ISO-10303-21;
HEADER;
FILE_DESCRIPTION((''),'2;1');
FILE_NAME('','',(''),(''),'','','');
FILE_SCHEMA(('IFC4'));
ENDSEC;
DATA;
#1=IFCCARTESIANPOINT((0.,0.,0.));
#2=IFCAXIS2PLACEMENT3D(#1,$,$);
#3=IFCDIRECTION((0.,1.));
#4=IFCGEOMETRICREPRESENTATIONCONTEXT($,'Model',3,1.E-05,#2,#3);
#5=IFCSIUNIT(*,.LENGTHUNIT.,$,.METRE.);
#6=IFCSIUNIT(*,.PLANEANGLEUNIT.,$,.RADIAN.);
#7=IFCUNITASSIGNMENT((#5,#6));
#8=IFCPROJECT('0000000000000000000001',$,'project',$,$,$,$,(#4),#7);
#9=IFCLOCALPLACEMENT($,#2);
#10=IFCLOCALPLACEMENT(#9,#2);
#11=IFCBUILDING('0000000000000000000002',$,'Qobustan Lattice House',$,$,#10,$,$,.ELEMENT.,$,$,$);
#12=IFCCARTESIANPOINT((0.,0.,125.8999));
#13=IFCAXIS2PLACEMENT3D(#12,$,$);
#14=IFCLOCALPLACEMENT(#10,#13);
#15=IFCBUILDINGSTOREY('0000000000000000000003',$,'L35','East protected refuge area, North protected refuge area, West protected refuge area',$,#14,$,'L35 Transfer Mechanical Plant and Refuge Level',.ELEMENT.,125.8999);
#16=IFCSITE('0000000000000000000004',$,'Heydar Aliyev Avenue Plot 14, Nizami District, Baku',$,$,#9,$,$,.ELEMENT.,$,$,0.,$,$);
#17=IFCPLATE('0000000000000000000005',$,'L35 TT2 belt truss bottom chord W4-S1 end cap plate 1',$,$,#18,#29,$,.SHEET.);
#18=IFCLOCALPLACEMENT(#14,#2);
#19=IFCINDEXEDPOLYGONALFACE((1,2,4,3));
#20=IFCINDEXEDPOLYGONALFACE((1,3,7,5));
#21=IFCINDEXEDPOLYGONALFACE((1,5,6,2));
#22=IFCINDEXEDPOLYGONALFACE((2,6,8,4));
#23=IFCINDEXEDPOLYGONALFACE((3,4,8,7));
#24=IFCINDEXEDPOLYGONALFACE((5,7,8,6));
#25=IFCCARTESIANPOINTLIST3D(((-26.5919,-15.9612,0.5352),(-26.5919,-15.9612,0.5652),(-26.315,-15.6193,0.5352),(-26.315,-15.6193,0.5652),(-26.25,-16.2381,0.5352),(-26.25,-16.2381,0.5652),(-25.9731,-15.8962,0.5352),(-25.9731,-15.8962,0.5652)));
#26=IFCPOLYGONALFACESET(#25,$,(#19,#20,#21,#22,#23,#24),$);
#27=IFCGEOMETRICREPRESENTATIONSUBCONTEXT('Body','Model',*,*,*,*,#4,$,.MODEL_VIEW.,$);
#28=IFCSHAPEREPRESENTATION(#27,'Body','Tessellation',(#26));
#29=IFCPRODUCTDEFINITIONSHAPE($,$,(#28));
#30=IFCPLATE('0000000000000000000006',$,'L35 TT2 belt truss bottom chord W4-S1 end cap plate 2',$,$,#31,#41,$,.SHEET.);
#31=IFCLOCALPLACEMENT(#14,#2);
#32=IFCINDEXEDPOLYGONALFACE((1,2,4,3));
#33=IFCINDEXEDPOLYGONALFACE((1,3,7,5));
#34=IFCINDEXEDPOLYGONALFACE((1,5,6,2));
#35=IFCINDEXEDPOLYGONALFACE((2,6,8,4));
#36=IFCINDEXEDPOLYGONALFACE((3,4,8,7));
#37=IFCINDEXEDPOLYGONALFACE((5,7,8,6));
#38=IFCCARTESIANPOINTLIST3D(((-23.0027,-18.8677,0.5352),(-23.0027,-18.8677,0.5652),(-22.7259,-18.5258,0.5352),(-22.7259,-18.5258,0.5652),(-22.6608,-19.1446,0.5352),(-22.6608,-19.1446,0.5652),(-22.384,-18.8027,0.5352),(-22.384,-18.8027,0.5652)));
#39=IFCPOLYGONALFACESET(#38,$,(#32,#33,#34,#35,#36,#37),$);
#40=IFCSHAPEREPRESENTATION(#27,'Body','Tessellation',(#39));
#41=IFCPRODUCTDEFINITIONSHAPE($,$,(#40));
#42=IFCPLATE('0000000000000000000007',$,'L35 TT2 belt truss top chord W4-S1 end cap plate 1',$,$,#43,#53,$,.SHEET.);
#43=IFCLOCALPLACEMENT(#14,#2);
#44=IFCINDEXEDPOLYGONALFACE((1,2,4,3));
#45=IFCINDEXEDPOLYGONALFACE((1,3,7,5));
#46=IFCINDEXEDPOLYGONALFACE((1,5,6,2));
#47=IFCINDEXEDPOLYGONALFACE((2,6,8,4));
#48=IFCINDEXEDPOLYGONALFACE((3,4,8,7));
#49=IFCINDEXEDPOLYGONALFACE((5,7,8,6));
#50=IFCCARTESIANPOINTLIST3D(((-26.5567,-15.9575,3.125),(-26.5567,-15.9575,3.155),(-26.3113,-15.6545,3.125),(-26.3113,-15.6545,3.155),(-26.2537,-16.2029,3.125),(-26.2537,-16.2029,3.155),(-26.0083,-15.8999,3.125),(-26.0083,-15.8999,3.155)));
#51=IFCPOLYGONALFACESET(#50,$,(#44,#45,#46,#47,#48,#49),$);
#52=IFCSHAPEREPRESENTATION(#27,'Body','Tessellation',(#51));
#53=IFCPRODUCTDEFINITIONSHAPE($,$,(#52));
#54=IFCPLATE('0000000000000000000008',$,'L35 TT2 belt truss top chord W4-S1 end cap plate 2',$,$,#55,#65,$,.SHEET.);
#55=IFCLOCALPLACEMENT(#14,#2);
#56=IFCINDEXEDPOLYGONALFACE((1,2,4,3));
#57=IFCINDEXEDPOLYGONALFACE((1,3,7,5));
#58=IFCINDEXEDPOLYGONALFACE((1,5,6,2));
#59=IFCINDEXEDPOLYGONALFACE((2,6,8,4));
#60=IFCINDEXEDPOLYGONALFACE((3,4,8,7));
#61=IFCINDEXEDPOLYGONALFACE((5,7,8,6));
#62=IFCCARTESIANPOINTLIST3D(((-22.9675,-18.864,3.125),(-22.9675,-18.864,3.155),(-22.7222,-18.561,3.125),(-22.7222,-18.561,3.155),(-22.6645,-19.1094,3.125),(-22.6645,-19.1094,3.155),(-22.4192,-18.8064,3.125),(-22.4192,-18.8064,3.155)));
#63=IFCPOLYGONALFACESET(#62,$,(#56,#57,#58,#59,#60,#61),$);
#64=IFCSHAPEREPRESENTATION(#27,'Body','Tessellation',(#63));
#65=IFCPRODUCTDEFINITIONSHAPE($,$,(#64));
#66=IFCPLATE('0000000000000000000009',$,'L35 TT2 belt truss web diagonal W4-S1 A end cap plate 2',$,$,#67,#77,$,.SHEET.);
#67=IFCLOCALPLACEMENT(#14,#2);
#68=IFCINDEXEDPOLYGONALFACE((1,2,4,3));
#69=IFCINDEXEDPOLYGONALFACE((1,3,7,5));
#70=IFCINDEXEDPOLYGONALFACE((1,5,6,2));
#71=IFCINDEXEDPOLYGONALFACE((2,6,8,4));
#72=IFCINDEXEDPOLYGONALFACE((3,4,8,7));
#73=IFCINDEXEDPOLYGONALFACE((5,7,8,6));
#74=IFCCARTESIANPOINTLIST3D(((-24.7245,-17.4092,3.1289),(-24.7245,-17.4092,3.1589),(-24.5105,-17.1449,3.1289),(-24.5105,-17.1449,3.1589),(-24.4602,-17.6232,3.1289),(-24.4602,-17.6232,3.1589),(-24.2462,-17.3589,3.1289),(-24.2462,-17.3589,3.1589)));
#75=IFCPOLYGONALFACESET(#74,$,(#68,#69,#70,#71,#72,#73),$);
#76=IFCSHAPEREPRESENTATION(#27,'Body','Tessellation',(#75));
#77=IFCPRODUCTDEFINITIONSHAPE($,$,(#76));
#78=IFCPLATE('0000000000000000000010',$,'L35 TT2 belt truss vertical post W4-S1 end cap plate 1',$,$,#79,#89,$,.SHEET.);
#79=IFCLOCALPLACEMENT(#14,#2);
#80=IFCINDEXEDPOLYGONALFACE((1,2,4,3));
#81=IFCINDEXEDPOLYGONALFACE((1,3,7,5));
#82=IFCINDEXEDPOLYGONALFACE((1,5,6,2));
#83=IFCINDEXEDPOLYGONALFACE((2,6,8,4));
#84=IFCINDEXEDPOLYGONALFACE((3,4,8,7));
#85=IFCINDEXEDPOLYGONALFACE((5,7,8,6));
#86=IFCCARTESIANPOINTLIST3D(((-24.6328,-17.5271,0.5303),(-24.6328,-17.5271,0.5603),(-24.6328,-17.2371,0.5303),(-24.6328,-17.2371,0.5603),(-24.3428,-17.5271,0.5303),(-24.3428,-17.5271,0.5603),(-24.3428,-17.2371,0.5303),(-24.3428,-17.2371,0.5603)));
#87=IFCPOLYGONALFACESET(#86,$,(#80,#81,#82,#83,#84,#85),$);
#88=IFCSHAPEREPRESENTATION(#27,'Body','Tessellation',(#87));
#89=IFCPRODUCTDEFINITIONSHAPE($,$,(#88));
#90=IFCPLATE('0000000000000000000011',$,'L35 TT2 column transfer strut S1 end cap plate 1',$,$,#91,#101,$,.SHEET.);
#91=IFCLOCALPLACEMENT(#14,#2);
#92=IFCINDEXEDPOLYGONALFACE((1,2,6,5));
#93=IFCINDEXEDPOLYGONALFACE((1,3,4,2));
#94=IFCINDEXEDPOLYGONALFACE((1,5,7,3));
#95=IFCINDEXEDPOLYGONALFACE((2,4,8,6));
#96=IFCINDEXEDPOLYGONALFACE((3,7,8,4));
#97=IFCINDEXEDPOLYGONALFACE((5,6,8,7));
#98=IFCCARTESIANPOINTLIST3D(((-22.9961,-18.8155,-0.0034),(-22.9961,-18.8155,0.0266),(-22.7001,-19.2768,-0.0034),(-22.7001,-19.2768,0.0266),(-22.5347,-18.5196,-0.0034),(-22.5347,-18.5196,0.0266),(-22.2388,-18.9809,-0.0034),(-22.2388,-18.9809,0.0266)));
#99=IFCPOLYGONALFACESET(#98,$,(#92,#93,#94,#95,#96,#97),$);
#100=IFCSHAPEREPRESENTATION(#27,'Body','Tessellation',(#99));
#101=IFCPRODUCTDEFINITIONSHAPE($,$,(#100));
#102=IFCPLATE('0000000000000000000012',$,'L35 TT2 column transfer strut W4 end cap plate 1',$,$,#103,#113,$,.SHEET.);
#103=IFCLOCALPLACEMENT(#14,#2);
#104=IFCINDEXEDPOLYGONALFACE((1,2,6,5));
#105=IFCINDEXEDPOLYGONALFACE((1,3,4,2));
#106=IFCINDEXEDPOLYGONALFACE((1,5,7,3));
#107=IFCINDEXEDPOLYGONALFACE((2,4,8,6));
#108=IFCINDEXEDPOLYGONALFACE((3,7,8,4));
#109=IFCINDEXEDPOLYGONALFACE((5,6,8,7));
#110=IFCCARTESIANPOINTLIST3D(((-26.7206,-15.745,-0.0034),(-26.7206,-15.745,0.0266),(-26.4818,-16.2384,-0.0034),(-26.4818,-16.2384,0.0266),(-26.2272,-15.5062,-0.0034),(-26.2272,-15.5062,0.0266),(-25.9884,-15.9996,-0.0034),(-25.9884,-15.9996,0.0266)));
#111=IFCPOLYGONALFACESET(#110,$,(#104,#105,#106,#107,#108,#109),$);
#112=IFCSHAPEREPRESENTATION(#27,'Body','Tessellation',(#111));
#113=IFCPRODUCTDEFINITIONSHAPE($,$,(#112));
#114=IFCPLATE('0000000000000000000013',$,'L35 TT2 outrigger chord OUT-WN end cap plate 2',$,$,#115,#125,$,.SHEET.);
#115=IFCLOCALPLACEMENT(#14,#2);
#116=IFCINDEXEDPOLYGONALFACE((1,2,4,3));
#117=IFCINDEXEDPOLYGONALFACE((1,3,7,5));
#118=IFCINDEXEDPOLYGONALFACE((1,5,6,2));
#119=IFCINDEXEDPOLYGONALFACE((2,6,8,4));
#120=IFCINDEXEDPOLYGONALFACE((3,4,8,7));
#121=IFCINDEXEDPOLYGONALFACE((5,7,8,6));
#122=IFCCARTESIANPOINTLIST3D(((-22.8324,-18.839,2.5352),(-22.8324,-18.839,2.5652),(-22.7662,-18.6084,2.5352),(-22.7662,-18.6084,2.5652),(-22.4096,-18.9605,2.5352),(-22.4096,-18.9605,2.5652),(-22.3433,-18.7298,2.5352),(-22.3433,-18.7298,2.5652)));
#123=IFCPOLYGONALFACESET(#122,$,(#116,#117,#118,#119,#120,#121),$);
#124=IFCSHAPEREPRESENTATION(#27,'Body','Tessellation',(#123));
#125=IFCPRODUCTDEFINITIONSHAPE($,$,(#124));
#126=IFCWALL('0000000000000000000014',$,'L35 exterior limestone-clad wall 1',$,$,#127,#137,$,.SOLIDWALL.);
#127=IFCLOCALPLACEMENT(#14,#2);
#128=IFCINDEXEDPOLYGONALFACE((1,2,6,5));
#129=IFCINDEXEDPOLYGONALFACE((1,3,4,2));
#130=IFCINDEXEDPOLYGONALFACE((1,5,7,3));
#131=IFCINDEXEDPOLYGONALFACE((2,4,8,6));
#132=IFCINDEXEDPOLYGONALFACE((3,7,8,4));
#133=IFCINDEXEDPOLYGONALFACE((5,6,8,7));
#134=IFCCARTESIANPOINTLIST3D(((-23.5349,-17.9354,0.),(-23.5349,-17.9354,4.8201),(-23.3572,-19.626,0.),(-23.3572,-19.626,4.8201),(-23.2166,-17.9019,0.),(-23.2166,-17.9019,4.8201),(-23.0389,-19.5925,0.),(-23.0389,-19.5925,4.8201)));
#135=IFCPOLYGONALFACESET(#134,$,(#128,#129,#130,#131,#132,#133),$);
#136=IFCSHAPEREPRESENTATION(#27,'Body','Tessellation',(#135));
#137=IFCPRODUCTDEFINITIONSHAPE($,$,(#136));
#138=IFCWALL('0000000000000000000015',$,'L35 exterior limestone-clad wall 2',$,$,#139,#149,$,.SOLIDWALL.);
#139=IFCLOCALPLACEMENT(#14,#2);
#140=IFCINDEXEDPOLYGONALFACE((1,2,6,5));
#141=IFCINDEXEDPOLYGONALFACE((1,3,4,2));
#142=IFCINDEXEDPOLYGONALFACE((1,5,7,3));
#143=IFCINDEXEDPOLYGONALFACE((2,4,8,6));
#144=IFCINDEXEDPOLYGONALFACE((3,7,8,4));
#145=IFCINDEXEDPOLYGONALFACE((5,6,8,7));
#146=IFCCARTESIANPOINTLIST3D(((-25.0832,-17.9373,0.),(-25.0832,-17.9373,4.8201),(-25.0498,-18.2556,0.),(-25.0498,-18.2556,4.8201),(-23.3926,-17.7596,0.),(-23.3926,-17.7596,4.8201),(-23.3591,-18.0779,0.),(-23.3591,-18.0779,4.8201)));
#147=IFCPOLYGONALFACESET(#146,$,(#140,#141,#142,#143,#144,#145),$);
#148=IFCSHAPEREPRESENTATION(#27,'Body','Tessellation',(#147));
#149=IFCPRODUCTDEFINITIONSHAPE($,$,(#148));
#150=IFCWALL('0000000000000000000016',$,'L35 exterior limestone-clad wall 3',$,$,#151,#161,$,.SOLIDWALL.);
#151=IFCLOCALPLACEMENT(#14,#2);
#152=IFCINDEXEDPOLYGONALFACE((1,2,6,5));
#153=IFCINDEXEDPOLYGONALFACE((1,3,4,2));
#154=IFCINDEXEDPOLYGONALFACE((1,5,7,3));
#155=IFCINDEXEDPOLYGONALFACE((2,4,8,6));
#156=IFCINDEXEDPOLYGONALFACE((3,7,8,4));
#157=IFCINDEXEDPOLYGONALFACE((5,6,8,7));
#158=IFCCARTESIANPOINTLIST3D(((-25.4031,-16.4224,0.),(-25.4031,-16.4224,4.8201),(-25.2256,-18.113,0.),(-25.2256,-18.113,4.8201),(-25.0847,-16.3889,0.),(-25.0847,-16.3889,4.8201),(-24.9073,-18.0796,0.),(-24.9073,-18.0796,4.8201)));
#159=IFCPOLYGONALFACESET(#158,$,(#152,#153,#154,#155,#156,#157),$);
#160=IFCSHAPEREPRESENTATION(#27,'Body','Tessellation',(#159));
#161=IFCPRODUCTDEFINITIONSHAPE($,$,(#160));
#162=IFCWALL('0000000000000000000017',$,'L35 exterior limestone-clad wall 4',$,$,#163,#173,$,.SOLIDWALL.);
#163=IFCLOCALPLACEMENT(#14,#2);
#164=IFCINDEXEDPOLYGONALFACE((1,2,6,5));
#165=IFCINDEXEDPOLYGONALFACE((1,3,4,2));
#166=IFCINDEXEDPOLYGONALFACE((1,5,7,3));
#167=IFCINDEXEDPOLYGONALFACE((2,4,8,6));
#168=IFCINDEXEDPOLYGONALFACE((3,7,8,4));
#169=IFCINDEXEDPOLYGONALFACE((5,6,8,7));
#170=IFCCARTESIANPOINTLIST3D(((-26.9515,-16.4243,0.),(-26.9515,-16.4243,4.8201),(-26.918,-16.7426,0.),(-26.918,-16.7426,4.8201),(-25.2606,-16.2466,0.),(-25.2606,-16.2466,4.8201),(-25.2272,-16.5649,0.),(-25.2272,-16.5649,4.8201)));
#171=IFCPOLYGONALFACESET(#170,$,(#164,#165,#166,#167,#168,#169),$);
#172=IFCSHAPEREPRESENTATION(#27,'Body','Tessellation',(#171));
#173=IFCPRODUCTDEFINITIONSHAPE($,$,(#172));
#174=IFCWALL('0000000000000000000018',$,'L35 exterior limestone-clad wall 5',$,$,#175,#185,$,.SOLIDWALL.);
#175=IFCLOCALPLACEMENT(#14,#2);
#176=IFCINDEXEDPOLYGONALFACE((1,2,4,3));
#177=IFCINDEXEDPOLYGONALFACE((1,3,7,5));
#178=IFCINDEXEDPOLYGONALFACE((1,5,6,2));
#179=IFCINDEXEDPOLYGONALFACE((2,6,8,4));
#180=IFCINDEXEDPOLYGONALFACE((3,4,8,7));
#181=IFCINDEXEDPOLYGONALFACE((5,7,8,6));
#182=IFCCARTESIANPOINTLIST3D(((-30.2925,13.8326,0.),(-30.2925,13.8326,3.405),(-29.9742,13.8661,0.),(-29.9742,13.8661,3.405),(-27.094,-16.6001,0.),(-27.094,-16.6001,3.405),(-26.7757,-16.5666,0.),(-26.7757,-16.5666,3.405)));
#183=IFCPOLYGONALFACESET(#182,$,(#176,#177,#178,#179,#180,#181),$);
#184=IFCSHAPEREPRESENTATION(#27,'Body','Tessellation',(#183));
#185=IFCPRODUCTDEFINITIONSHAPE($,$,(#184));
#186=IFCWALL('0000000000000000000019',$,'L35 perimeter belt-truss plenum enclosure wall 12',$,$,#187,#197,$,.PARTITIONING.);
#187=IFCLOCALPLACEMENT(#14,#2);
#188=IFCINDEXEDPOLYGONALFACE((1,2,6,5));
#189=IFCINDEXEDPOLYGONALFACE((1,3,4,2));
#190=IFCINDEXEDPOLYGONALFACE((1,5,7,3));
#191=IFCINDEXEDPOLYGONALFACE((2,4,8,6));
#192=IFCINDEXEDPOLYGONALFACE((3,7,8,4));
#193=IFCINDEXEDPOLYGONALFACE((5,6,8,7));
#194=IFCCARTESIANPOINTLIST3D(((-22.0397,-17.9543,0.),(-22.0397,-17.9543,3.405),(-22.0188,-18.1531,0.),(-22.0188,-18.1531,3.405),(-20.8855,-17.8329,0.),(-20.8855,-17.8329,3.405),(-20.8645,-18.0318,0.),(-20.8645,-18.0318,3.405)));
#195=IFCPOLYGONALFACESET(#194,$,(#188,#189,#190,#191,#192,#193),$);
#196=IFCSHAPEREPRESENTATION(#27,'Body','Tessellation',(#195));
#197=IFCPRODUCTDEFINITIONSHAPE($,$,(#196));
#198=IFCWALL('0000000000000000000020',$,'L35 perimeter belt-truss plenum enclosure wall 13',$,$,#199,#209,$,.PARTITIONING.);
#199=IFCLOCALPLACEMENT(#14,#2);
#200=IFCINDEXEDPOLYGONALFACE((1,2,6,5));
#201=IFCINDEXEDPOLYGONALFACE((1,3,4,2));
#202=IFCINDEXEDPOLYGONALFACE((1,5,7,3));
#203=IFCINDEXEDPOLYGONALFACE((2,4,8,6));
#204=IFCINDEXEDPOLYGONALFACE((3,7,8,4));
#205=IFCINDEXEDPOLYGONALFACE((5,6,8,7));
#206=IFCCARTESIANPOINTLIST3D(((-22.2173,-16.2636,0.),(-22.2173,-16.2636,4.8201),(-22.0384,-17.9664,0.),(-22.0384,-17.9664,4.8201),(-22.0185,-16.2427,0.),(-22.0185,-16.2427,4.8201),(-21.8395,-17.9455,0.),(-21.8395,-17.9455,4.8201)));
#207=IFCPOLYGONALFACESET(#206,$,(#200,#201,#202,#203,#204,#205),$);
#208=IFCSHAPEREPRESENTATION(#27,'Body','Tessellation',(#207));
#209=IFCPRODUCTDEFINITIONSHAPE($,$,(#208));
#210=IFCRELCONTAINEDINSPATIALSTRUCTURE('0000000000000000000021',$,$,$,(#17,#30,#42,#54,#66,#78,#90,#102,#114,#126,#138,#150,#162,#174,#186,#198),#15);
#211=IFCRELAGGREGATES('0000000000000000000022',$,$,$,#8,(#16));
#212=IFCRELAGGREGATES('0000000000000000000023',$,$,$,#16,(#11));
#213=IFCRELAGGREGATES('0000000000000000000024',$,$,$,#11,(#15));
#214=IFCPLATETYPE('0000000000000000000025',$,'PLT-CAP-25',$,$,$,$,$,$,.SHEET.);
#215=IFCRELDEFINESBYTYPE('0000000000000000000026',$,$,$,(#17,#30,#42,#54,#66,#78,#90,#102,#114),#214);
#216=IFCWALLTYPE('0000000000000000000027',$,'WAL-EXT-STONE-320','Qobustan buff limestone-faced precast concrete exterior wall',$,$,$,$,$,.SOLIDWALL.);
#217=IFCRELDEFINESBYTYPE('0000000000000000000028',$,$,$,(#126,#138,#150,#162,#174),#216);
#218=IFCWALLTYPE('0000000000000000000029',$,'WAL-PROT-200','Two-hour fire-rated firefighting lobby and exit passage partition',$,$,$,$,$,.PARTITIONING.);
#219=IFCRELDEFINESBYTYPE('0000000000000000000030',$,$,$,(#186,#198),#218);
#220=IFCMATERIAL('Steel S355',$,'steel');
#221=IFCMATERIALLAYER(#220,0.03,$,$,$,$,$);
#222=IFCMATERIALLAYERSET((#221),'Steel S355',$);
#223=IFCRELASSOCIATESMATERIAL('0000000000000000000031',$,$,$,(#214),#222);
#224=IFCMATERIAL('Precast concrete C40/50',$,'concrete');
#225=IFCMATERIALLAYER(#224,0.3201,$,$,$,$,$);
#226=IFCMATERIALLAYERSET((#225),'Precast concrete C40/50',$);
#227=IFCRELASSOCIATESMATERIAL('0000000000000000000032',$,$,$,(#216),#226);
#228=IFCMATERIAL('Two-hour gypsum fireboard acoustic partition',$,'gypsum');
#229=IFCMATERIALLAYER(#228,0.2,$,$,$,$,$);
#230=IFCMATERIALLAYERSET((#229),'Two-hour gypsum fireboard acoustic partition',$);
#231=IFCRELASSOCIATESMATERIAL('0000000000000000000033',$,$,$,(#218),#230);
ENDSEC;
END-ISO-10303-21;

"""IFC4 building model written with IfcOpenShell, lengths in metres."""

from ifc_helpers import new_model, si_unit, direction, frame, frame_2d, origin, origin_2d, place, context, subcontext, project, spatial, rectangle, extrude, material, layer, layer_set, type_object, element, save


model = new_model("IFC4")

# Units and contexts
model_context = context("Model", 3, precision=1e-05, world=origin(), true_north=direction((0.0, 1.0)))
body_context = subcontext(model_context, "Body", "Model", "MODEL_VIEW")
ifc_project = project(units=[si_unit("LENGTHUNIT", "METRE"), si_unit("PLANEANGLEUNIT", "RADIAN")], contexts=[model_context])

# Site, building, storey
site_placement = place(None, origin())
site = spatial("IfcSite", under=ifc_project, at=site_placement, Name="Heydar Aliyev Avenue Plot 14, Nizami District, Baku", CompositionType="ELEMENT", RefElevation=0.0)
building_placement = place(site_placement, origin())
building = spatial("IfcBuilding", under=site, at=building_placement, Name="Qobustan Lattice House", CompositionType="ELEMENT")
storey_placement = place(building_placement, frame((0.0, 0.0, 125.8999)))
storey = spatial("IfcBuildingStorey", under=building, at=storey_placement, Name="L35", Description="East protected refuge area, North protected refuge area, West protected refuge area", LongName="L35 Transfer Mechanical Plant and Refuge Level", CompositionType="ELEMENT", Elevation=125.8999)

# Plates
ifc_material_1 = material(Name="Steel S355", Category="steel")
ifc_layer_1 = layer(ifc_material_1, 0.03)
ifc_layer_set_1 = layer_set([ifc_layer_1], Name="Steel S355")
plate_type = type_object("IfcPlateType", Name="PLT-CAP-25", PredefinedType="SHEET", material=ifc_layer_set_1)
for number, where, z_axis, x_axis, name in (
    (1, (-26.2825, -15.9287, 0.5352), (0.0, 0.0, 1.0), (0.777135, -0.629334, 0.0), "L35 TT2 belt truss bottom chord W4-S1 end cap plate 1"),
    (2, (-22.6934, -18.8352, 0.5352), (0.0, 0.0, 1.0), (0.777135, -0.629334, 0.0), "L35 TT2 belt truss bottom chord W4-S1 end cap plate 2"),
):
    element("IfcPlate", number, at=place(storey_placement, frame(where, z_axis=z_axis, x_axis=x_axis)), inside=storey, type_object=plate_type, Name=name, PredefinedType="SHEET", context=body_context, shape_type="SweptSolid", body=[
        extrude(rectangle(XDim=0.4399, YDim=0.4399, at=origin_2d()), origin(), (0.0, 0.0, 1.0), 0.03),
    ])
for number, where, z_axis, x_axis, name in (
    (3, (-26.2825, -15.9287, 3.125), (0.0, 0.0, 1.0), (0.777135, -0.629334, 0.0), "L35 TT2 belt truss top chord W4-S1 end cap plate 1"),
    (4, (-22.6934, -18.8352, 3.125), (0.0, 0.0, 1.0), (0.777135, -0.629334, 0.0), "L35 TT2 belt truss top chord W4-S1 end cap plate 2"),
):
    element("IfcPlate", number, at=place(storey_placement, frame(where, z_axis=z_axis, x_axis=x_axis)), inside=storey, type_object=plate_type, Name=name, PredefinedType="SHEET", context=body_context, shape_type="SweptSolid", body=[
        extrude(rectangle(XDim=0.3899, YDim=0.3899, at=origin_2d()), origin(), (0.0, 0.0, 1.0), 0.03),
    ])
plate_1_placement = place(storey_placement, frame((-24.4854, -17.384, 3.1289), z_axis=(0.0, 0.0, 1.0), x_axis=(0.777124, -0.629348, 0.0)))
element("IfcPlate", 5, at=plate_1_placement, inside=storey, type_object=plate_type, Name="L35 TT2 belt truss web diagonal W4-S1 A end cap plate 2", PredefinedType="SHEET", context=body_context, shape_type="SweptSolid", body=[
    extrude(rectangle(XDim=0.3401, YDim=0.3401, at=origin_2d()), origin(), (0.0, 0.0, 1.0), 0.03),
])
plate_2_placement = place(storey_placement, frame((-24.4878, -17.3821, 0.5303), z_axis=(0.0, 0.0, 1.0), x_axis=(1.0, 0.0, 0.0)))
element("IfcPlate", 6, at=plate_2_placement, inside=storey, type_object=plate_type, Name="L35 TT2 belt truss vertical post W4-S1 end cap plate 1", PredefinedType="SHEET", context=body_context, shape_type="SweptSolid", body=[
    extrude(rectangle(XDim=0.29, YDim=0.29, at=origin_2d()), origin(), (0.0, 0.0, 1.0), 0.03),
])
for number, where, z_axis, x_axis, name in (
    (7, (-22.6174, -18.8982, -0.0034), (0.0, 0.0, 1.0), (-0.539917, 0.841718, 0.0), "L35 TT2 column transfer strut S1 end cap plate 1"),
    (8, (-26.3545, -15.8723, -0.0034), (0.0, 0.0, 1.0), (-0.435687, 0.900098, 0.0), "L35 TT2 column transfer strut W4 end cap plate 1"),
):
    element("IfcPlate", number, at=place(storey_placement, frame(where, z_axis=z_axis, x_axis=x_axis)), inside=storey, type_object=plate_type, Name=name, PredefinedType="SHEET", context=body_context, shape_type="SweptSolid", body=[
        extrude(rectangle(XDim=0.5481, YDim=0.5481, at=origin_2d()), origin(), (0.0, 0.0, 1.0), 0.03),
    ])
plate_3_placement = place(storey_placement, frame((-22.5879, -18.7844, 2.5352), z_axis=(0.0, 0.0, 1.0), x_axis=(-0.276124, -0.961122, 0.0)))
element("IfcPlate", 9, at=plate_3_placement, inside=storey, type_object=plate_type, Name="L35 TT2 outrigger chord OUT-WN end cap plate 2", PredefinedType="SHEET", context=body_context, shape_type="SweptSolid", body=[
    extrude(rectangle(XDim=0.24, YDim=0.4399, at=origin_2d()), origin(), (0.0, 0.0, 1.0), 0.03),
])

# Walls
ifc_material_2 = material(Name="Precast concrete C40/50", Category="concrete")
ifc_layer_2 = layer(ifc_material_2, 0.3201)
ifc_layer_set_2 = layer_set([ifc_layer_2], Name="Precast concrete C40/50")
wall_type_1 = type_object("IfcWallType", Name="WAL-EXT-STONE-320", Description="Qobustan buff limestone-faced precast concrete exterior wall", PredefinedType="SOLIDWALL", material=ifc_layer_set_2)
for number, where, z_axis, x_axis, name in (
    (10, (-23.198, -19.6094, 0.0), (0.0, 0.0, 1.0), (-0.10455, 0.99452, 0.0), "L35 exterior limestone-clad wall 1"),
    (11, (-23.3757, -17.9187, 0.0), (0.0, 0.0, 1.0), (-0.99452, -0.10455, 0.0), "L35 exterior limestone-clad wall 2"),
    (12, (-25.0664, -18.0964, 0.0), (0.0, 0.0, 1.0), (-0.104408, 0.994535, 0.0), "L35 exterior limestone-clad wall 3"),
):
    element("IfcWall", number, at=place(storey_placement, frame(where, z_axis=z_axis, x_axis=x_axis)), inside=storey, type_object=wall_type_1, Name=name, PredefinedType="SOLIDWALL", context=body_context, shape_type="SweptSolid", body=[
        extrude(rectangle(XDim=1.7, YDim=0.3201, at=frame_2d((0.8501, 0.0))), origin(), (0.0, 0.0, 1.0), 4.8201),
    ])
wall_1_placement = place(storey_placement, frame((-25.2439, -16.4058, 0.0), z_axis=(0.0, 0.0, 1.0), x_axis=(-0.994521, -0.104535, 0.0)))
element("IfcWall", 13, at=wall_1_placement, inside=storey, type_object=wall_type_1, Name="L35 exterior limestone-clad wall 4", PredefinedType="SOLIDWALL", context=body_context, shape_type="SweptSolid", body=[
    extrude(rectangle(XDim=1.7002, YDim=0.3201, at=frame_2d((0.8501, 0.0))), origin(), (0.0, 0.0, 1.0), 4.8201),
])
wall_2_placement = place(storey_placement, frame((-26.9348, -16.5835, 0.0), z_axis=(0.0, 0.0, 1.0), x_axis=(-0.104525, 0.994522, 0.0)))
element("IfcWall", 14, at=wall_2_placement, inside=storey, type_object=wall_type_1, Name="L35 exterior limestone-clad wall 5", PredefinedType="SOLIDWALL", context=body_context, shape_type="SweptSolid", body=[
    extrude(rectangle(XDim=30.6003, YDim=0.3201, at=frame_2d((15.3003, 0.0))), origin(), (0.0, 0.0, 1.0), 3.405),
])
ifc_material_3 = material(Name="Two-hour gypsum fireboard acoustic partition", Category="gypsum")
ifc_layer_3 = layer(ifc_material_3, 0.2)
ifc_layer_set_3 = layer_set([ifc_layer_3], Name="Two-hour gypsum fireboard acoustic partition")
wall_type_2 = type_object("IfcWallType", Name="WAL-PROT-200", Description="Two-hour fire-rated firefighting lobby and exit passage partition", PredefinedType="PARTITIONING", material=ifc_layer_set_3)
wall_3_placement = place(storey_placement, frame((-20.875, -17.9324, 0.0), z_axis=(0.0, 0.0, 1.0), x_axis=(-0.99452, -0.104542, 0.0)))
element("IfcWall", 15, at=wall_3_placement, inside=storey, type_object=wall_type_2, Name="L35 perimeter belt-truss plenum enclosure wall 12", PredefinedType="PARTITIONING", context=body_context, shape_type="SweptSolid", body=[
    extrude(rectangle(XDim=1.1606, YDim=0.2, at=frame_2d((0.5803, 0.0))), origin(), (0.0, 0.0, 1.0), 3.405),
])
wall_4_placement = place(storey_placement, frame((-21.939, -17.9558, 0.0), z_axis=(0.0, 0.0, 1.0), x_axis=(-0.104514, 0.994523, 0.0)))
element("IfcWall", 16, at=wall_4_placement, inside=storey, type_object=wall_type_2, Name="L35 perimeter belt-truss plenum enclosure wall 13", PredefinedType="PARTITIONING", context=body_context, shape_type="SweptSolid", body=[
    extrude(rectangle(XDim=1.7122, YDim=0.2, at=frame_2d((0.856, 0.0))), origin(), (0.0, 0.0, 1.0), 4.8201),
])

save(model, "model.ifc")
